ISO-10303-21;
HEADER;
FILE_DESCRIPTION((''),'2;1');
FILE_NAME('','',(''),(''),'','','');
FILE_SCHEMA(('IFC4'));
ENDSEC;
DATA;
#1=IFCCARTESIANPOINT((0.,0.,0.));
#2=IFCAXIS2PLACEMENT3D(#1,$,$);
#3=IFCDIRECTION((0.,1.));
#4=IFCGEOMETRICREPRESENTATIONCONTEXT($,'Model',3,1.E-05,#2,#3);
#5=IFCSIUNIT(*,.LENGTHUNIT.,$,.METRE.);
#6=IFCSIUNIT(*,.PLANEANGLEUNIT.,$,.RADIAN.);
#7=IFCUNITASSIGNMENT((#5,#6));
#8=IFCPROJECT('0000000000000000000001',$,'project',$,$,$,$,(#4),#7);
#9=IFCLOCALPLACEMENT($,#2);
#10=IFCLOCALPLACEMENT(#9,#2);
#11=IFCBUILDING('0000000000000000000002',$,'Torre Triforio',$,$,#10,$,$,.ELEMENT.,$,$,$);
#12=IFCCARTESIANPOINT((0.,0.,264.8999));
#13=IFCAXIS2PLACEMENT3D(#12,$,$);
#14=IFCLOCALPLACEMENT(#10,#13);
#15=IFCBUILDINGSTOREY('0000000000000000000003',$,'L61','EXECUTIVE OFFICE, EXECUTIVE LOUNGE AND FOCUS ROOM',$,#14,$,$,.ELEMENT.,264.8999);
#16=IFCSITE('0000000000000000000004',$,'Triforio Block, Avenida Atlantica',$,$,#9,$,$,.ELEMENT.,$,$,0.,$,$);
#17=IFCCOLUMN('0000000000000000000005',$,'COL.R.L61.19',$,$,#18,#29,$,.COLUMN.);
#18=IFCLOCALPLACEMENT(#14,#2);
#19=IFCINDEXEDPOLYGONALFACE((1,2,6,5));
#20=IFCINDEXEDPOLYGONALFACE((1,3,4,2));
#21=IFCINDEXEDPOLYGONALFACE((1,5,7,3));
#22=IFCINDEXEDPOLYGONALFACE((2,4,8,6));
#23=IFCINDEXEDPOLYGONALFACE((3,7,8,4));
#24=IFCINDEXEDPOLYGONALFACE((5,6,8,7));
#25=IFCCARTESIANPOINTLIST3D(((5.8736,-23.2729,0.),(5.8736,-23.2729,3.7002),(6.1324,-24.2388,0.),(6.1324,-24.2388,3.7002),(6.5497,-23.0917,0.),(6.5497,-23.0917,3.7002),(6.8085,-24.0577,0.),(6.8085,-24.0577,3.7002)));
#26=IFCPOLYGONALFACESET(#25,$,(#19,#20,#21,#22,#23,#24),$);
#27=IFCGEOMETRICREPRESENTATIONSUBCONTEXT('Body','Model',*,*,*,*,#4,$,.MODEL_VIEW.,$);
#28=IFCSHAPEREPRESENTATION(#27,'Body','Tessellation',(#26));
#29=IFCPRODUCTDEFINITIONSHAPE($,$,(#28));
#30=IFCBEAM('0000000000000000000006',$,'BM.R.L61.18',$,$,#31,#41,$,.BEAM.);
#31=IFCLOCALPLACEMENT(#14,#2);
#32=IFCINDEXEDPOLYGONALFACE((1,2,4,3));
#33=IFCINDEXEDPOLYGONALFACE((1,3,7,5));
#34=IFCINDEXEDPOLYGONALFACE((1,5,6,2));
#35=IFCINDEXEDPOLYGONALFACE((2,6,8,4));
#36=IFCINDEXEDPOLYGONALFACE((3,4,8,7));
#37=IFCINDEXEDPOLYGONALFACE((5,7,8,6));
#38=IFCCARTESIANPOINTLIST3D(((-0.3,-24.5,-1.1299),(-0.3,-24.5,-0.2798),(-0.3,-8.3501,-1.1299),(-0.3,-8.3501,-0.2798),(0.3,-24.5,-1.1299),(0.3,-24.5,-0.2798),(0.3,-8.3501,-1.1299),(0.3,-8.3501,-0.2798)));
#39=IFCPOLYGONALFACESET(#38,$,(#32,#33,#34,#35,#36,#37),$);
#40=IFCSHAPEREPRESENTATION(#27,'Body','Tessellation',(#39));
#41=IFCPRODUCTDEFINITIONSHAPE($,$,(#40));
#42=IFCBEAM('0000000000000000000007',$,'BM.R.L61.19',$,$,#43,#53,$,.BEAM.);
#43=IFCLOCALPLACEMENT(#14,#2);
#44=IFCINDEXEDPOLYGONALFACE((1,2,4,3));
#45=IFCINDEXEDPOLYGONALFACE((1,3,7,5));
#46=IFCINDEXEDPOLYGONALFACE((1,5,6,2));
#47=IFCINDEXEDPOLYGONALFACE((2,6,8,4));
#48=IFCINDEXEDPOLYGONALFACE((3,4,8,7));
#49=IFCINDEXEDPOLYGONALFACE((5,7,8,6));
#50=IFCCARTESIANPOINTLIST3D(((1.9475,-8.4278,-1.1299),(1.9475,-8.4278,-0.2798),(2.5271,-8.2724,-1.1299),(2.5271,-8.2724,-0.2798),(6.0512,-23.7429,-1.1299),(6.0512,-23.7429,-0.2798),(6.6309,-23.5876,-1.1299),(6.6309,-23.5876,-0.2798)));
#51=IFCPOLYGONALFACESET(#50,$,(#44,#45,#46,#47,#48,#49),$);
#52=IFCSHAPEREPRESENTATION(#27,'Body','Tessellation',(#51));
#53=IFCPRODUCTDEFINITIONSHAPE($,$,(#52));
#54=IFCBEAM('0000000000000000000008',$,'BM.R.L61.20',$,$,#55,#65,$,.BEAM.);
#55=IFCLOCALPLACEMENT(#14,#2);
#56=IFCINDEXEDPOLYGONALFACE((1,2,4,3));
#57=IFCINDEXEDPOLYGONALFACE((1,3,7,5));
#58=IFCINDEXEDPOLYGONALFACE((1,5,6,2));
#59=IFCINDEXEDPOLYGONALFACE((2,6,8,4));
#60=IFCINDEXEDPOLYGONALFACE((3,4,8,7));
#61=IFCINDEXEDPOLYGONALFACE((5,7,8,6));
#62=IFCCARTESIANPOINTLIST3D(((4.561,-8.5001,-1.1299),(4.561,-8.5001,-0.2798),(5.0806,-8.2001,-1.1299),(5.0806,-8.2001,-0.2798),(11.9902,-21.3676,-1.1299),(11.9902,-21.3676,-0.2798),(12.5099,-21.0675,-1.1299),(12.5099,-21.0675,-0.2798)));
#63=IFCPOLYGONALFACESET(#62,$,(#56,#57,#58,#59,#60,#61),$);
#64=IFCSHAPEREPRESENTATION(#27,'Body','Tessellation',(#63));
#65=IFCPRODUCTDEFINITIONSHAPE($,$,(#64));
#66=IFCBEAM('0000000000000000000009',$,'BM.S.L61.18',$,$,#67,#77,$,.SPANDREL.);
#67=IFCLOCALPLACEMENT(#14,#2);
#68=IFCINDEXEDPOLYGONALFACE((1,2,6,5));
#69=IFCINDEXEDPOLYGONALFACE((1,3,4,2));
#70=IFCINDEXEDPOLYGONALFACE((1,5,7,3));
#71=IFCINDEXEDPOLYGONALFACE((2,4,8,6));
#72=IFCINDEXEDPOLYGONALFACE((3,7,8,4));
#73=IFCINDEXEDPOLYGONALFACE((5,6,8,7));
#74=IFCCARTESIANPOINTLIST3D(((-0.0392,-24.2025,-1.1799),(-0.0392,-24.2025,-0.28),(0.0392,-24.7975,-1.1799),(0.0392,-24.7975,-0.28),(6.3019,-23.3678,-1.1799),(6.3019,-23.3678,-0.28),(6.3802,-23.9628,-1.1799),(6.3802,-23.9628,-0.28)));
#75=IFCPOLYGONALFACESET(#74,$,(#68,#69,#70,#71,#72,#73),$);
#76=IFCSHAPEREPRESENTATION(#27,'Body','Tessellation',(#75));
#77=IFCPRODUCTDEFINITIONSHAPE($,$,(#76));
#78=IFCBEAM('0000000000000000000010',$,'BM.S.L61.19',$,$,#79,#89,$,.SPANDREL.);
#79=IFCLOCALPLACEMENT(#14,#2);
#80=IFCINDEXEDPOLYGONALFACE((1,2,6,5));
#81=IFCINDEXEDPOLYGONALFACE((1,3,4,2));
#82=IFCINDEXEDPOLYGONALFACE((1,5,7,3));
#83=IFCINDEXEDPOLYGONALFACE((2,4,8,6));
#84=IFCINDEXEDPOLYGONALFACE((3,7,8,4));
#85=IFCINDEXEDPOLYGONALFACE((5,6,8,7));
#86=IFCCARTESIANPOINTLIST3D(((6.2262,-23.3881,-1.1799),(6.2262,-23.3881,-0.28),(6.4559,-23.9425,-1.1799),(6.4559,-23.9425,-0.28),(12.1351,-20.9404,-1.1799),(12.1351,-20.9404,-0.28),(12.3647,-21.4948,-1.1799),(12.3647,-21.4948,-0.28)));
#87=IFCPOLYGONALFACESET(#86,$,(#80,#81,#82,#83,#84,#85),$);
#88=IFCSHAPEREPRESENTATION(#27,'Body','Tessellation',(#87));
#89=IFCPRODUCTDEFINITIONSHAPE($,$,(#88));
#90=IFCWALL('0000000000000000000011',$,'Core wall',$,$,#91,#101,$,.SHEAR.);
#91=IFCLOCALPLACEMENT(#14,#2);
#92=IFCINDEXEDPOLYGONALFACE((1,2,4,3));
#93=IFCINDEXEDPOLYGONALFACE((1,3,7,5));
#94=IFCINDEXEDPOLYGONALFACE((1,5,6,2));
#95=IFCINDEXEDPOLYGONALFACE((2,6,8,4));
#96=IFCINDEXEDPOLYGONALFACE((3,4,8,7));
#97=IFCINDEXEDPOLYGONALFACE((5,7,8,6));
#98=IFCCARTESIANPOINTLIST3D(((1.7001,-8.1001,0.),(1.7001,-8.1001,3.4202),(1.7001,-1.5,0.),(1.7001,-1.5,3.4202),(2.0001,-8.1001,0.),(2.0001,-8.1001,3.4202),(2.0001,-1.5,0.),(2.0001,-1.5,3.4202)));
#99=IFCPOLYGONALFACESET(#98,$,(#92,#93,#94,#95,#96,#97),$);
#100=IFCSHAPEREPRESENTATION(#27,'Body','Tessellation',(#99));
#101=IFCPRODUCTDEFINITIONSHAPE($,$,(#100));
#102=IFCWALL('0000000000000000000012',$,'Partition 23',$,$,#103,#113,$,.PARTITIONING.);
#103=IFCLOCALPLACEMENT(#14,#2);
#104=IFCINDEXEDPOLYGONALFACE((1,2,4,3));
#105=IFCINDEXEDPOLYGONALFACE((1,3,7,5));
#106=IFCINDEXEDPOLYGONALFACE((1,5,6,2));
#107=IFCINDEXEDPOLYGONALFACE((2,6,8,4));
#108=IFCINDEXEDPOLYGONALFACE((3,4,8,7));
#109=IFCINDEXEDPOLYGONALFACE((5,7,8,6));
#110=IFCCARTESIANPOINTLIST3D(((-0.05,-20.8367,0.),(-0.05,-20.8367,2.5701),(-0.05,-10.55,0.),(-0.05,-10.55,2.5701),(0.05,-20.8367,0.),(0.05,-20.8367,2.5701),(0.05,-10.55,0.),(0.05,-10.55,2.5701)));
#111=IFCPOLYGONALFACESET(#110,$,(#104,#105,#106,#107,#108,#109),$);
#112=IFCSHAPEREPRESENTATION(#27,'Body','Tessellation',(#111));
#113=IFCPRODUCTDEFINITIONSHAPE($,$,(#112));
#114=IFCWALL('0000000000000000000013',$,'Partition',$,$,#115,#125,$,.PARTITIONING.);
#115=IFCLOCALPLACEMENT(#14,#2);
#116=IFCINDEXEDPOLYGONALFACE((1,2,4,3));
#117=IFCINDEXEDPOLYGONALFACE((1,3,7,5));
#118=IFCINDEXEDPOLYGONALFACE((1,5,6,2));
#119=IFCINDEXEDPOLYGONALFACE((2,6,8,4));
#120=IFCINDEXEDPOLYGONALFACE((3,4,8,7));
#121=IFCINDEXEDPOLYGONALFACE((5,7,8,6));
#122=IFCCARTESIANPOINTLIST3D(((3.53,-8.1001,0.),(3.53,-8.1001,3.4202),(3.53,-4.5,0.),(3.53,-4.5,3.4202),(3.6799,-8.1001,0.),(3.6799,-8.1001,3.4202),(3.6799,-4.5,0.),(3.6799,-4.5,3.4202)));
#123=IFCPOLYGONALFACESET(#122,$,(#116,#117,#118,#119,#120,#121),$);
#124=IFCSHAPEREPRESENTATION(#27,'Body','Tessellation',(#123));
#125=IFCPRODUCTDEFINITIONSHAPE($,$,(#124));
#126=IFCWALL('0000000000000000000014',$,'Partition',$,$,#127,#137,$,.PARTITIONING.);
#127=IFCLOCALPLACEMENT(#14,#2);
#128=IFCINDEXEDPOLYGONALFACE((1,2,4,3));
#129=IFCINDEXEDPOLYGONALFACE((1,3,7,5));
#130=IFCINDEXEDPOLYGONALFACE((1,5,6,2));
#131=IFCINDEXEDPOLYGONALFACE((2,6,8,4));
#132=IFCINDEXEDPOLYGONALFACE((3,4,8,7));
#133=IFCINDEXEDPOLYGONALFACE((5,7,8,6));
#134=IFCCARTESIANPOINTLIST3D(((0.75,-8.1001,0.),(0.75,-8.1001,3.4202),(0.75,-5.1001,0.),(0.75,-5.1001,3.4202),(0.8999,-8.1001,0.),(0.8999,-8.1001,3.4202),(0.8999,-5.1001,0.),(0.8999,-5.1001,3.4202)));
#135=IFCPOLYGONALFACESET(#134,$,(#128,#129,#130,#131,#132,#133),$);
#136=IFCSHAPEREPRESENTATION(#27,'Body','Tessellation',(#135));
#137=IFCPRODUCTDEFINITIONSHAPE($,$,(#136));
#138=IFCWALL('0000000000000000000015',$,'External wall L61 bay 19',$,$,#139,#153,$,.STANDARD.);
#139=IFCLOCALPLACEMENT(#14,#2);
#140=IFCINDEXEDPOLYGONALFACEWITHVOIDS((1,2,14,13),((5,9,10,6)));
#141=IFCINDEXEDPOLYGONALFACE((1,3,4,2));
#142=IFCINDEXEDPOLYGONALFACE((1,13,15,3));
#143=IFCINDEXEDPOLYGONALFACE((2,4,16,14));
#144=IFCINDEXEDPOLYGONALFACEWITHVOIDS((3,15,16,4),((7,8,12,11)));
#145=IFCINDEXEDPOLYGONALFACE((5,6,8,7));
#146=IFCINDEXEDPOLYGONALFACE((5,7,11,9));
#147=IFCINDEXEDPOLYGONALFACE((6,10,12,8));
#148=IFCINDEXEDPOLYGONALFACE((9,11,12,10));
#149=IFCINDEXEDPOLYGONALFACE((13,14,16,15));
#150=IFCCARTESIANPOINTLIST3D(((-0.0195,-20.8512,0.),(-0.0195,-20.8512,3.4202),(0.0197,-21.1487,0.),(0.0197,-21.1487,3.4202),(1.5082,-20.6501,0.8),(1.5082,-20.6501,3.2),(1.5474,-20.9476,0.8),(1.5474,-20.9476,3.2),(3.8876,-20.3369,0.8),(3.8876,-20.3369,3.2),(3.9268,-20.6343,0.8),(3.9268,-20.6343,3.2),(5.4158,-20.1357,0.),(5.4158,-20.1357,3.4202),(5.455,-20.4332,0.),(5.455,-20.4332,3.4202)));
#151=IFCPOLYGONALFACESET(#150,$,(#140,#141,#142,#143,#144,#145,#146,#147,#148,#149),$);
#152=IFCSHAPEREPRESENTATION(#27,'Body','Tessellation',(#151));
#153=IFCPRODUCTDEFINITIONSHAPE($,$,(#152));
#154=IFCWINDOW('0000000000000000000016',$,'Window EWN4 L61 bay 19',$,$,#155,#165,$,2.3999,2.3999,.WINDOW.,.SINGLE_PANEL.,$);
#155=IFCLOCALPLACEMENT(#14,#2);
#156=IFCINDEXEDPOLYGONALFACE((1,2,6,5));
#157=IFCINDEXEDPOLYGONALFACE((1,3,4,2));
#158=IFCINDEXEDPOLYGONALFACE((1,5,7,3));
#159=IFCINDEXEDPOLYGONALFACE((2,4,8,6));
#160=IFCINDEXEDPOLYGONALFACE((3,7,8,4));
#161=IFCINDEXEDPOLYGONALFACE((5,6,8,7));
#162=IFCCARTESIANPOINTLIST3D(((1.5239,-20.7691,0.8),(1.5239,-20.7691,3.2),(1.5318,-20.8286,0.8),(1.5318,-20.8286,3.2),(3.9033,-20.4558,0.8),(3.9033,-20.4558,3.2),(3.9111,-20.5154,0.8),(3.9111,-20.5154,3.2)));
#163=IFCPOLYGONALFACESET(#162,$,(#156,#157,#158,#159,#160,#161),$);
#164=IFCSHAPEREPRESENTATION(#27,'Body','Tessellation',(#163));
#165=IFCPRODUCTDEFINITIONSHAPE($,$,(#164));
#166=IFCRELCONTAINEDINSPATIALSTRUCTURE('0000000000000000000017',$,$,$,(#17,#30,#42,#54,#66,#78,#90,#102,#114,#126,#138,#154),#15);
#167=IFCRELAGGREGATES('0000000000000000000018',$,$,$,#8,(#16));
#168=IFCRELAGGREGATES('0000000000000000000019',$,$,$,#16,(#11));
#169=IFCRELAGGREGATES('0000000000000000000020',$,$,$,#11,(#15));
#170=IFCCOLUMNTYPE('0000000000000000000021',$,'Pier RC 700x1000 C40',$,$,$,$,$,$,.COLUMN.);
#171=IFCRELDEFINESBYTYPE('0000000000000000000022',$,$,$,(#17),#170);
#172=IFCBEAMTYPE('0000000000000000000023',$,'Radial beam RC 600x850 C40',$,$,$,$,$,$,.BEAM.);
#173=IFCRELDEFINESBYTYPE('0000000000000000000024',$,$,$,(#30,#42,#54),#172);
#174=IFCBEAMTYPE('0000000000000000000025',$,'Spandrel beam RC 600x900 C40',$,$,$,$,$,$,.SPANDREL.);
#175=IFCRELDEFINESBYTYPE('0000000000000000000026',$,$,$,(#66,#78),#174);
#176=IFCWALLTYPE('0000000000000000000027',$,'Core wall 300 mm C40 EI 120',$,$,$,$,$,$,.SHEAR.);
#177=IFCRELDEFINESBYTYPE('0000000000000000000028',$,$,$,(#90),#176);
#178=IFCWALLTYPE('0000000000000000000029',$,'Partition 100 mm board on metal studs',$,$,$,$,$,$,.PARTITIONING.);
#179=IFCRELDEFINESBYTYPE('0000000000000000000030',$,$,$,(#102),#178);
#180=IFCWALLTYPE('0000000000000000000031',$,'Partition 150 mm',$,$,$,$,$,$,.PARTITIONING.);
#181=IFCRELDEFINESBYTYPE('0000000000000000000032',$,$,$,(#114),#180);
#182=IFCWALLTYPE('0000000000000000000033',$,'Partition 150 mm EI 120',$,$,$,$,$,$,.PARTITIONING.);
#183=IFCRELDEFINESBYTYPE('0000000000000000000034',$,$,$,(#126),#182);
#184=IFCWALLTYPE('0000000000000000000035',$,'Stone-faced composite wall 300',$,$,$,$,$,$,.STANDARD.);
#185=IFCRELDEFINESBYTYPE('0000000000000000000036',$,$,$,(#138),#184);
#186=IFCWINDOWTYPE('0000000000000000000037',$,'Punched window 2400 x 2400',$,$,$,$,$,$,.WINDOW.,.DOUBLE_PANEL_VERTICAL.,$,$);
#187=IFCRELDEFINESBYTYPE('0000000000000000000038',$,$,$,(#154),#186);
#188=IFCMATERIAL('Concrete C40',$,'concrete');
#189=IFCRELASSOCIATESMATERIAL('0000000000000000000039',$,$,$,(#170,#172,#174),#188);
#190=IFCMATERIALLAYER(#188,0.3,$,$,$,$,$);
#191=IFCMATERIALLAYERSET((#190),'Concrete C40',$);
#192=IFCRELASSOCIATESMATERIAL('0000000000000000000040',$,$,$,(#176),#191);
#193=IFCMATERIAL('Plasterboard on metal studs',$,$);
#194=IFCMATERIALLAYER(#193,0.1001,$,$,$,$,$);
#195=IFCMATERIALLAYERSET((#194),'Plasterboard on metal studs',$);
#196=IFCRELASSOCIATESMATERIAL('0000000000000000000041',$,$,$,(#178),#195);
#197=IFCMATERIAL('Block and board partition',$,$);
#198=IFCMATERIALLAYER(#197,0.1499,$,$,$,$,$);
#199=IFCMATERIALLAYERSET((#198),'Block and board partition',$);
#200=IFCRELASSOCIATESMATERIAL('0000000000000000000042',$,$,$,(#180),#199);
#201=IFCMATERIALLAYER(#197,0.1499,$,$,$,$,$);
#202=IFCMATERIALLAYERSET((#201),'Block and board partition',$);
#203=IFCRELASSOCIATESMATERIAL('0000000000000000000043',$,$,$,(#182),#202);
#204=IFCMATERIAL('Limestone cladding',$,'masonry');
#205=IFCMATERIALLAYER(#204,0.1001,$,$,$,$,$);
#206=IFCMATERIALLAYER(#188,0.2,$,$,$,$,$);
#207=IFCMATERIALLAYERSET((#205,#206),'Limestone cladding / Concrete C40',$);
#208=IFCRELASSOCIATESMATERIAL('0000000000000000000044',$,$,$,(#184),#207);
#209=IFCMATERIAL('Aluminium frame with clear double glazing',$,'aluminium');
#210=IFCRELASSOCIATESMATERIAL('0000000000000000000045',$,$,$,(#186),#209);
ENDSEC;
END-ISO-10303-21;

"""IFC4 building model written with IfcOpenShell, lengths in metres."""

from ifc_helpers import new_model, si_unit, direction, frame, frame_2d, origin, origin_2d, place, context, subcontext, project, spatial, rectangle, extrude, material, layer, layer_set, material_profile, profile_set, type_object, element, fill, save


model = new_model("IFC4")

# Units and contexts
model_context = context("Model", 3, precision=1e-05, world=origin(), true_north=direction((0.0, 1.0)))
body_context = subcontext(model_context, "Body", "Model", "MODEL_VIEW")
ifc_project = project(units=[si_unit("LENGTHUNIT", "METRE"), si_unit("PLANEANGLEUNIT", "RADIAN")], contexts=[model_context])

# Site, building, storey
site_placement = place(None, origin())
site = spatial("IfcSite", under=ifc_project, at=site_placement, Name="Triforio Block, Avenida Atlantica", CompositionType="ELEMENT", RefElevation=0.0)
building_placement = place(site_placement, origin())
building = spatial("IfcBuilding", under=site, at=building_placement, Name="Torre Triforio", CompositionType="ELEMENT")
storey_placement = place(building_placement, frame((0.0, 0.0, 264.8999)))
storey = spatial("IfcBuildingStorey", under=building, at=storey_placement, Name="L61", Description="EXECUTIVE OFFICE, EXECUTIVE LOUNGE AND FOCUS ROOM", CompositionType="ELEMENT", Elevation=264.8999)

# Column
ifc_material_1 = material(Name="Concrete C40", Category="concrete")
ifc_material_profile_1 = material_profile(ifc_material_1, rectangle(XDim=0.7, YDim=1.0, at=origin_2d()), Name="RC 700x1000")
ifc_profile_set_1 = profile_set([ifc_material_profile_1], Name="Concrete C40")
column_type = type_object("IfcColumnType", Name="Pier RC 700x1000 C40", PredefinedType="COLUMN", material=ifc_profile_set_1)
column_placement = place(storey_placement, frame((6.3411, -23.6653, 0.0), z_axis=(0.0, 0.0, 1.0), x_axis=(0.965926, 0.258819, 0.0)))
element("IfcColumn", 1, at=column_placement, inside=storey, type_object=column_type, Name="COL.R.L61.19", PredefinedType="COLUMN", context=body_context, shape_type="SweptSolid", body=[
    extrude(rectangle(XDim=0.7, YDim=1.0, at=origin_2d()), origin(), (0.0, 0.0, 1.0), 3.7002),
])

# Beams
ifc_material_profile_2 = material_profile(ifc_material_1, rectangle(XDim=0.6001, YDim=0.8501, at=origin_2d()), Name="RC 600x850")
ifc_profile_set_2 = profile_set([ifc_material_profile_2], Name="Concrete C40")
beam_type_1 = type_object("IfcBeamType", Name="Radial beam RC 600x850 C40", PredefinedType="BEAM", material=ifc_profile_set_2)
beam_1_placement = place(storey_placement, frame((0.0, -8.3501, -0.7048), z_axis=(0.0, -1.0, 0.0), x_axis=(1.0, 0.0, 0.0)))
element("IfcBeam", 2, at=beam_1_placement, inside=storey, type_object=beam_type_1, Name="BM.R.L61.18", PredefinedType="BEAM", context=body_context, shape_type="SweptSolid", body=[
    extrude(rectangle(XDim=0.6001, YDim=0.8501, at=origin_2d()), origin(), (0.0, 0.0, 1.0), 16.1499),
])
beam_2_placement = place(storey_placement, frame((2.2373, -8.3501, -0.7048), z_axis=(0.258823, -0.965925, 0.0), x_axis=(0.965925, 0.258823, 0.0)))
element("IfcBeam", 3, at=beam_2_placement, inside=storey, type_object=beam_type_1, Name="BM.R.L61.19", PredefinedType="BEAM", context=body_context, shape_type="SweptSolid", body=[
    extrude(rectangle(XDim=0.6001, YDim=0.8501, at=origin_2d()), origin(), (0.0, 0.0, 1.0), 15.8555),
])
beam_3_placement = place(storey_placement, frame((4.8208, -8.3501, -0.7048), z_axis=(0.500009, -0.86602, 0.0), x_axis=(0.86602, 0.500009, 0.0)))
element("IfcBeam", 4, at=beam_3_placement, inside=storey, type_object=beam_type_1, Name="BM.R.L61.20", PredefinedType="BEAM", context=body_context, shape_type="SweptSolid", body=[
    extrude(rectangle(XDim=0.6001, YDim=0.8501, at=origin_2d()), origin(), (0.0, 0.0, 1.0), 14.8582),
])
ifc_material_profile_3 = material_profile(ifc_material_1, rectangle(XDim=0.6001, YDim=0.8999, at=origin_2d()), Name="RC 600x900")
ifc_profile_set_3 = profile_set([ifc_material_profile_3], Name="Concrete C40")
beam_type_2 = type_object("IfcBeamType", Name="Spandrel beam RC 600x900 C40", PredefinedType="SPANDREL", material=ifc_profile_set_3)
for number, where, z_axis, x_axis, name in (
    (5, (0.0, -24.5, -0.73), (0.991447, 0.130511, 0.0), (-0.130511, 0.991447, 0.0), "BM.S.L61.18"),
    (6, (6.3411, -23.6653, -0.73), (0.923869, 0.382709, 0.0), (-0.382709, 0.923869, 0.0), "BM.S.L61.19"),
):
    element("IfcBeam", number, at=place(storey_placement, frame(where, z_axis=z_axis, x_axis=x_axis)), inside=storey, type_object=beam_type_2, Name=name, PredefinedType="SPANDREL", context=body_context, shape_type="SweptSolid", body=[
        extrude(rectangle(XDim=0.6001, YDim=0.8999, at=origin_2d()), origin(), (0.0, 0.0, 1.0), 6.3958),
    ])

# Walls
ifc_layer_1 = layer(ifc_material_1, 0.3)
ifc_layer_set_1 = layer_set([ifc_layer_1], Name="Concrete C40")
wall_type_1 = type_object("IfcWallType", Name="Core wall 300 mm C40 EI 120", PredefinedType="SHEAR", material=ifc_layer_set_1)
wall_1_placement = place(storey_placement, frame((1.8501, -8.1001, 0.0), z_axis=(0.0, 0.0, 1.0), x_axis=(0.0, 1.0, 0.0)))
element("IfcWall", 7, at=wall_1_placement, inside=storey, type_object=wall_type_1, Name="Core wall", PredefinedType="SHEAR", context=body_context, shape_type="SweptSolid", body=[
    extrude(rectangle(XDim=6.6001, YDim=0.3, at=frame_2d((3.3, 0.0))), origin(), (0.0, 0.0, 1.0), 3.4202),
])
ifc_material_2 = material(Name="Plasterboard on metal studs")
ifc_layer_2 = layer(ifc_material_2, 0.1001)
ifc_layer_set_2 = layer_set([ifc_layer_2], Name="Plasterboard on metal studs")
wall_type_2 = type_object("IfcWallType", Name="Partition 100 mm board on metal studs", PredefinedType="PARTITIONING", material=ifc_layer_set_2)
wall_2_placement = place(storey_placement, frame((0.0, -10.55, 0.0), z_axis=(0.0, 0.0, 1.0), x_axis=(0.0, -1.0, 0.0)))
element("IfcWall", 8, at=wall_2_placement, inside=storey, type_object=wall_type_2, Name="Partition 23", PredefinedType="PARTITIONING", context=body_context, shape_type="SweptSolid", body=[
    extrude(rectangle(XDim=10.2866, YDim=0.1001, at=frame_2d((5.1433, 0.0))), origin(), (0.0, 0.0, 1.0), 2.5701),
])
ifc_material_3 = material(Name="Block and board partition")
ifc_layer_3 = layer(ifc_material_3, 0.1499)
ifc_layer_set_3 = layer_set([ifc_layer_3], Name="Block and board partition")
wall_type_3 = type_object("IfcWallType", Name="Partition 150 mm", PredefinedType="PARTITIONING", material=ifc_layer_set_3)
wall_3_placement = place(storey_placement, frame((3.605, -8.1001, 0.0), z_axis=(0.0, 0.0, 1.0), x_axis=(0.0, 1.0, 0.0)))
element("IfcWall", 9, at=wall_3_placement, inside=storey, type_object=wall_type_3, Name="Partition", PredefinedType="PARTITIONING", context=body_context, shape_type="SweptSolid", body=[
    extrude(rectangle(XDim=3.6001, YDim=0.1499, at=frame_2d((1.8, 0.0))), origin(), (0.0, 0.0, 1.0), 3.4202),
])
ifc_layer_4 = layer(ifc_material_3, 0.1499)
ifc_layer_set_4 = layer_set([ifc_layer_4], Name="Block and board partition")
wall_type_4 = type_object("IfcWallType", Name="Partition 150 mm EI 120", PredefinedType="PARTITIONING", material=ifc_layer_set_4)
wall_4_placement = place(storey_placement, frame((0.825, -8.1001, 0.0), z_axis=(0.0, 0.0, 1.0), x_axis=(0.0, 1.0, 0.0)))
element("IfcWall", 10, at=wall_4_placement, inside=storey, type_object=wall_type_4, Name="Partition", PredefinedType="PARTITIONING", context=body_context, shape_type="SweptSolid", body=[
    extrude(rectangle(XDim=3.0, YDim=0.1499, at=frame_2d((1.5, 0.0))), origin(), (0.0, 0.0, 1.0), 3.4202),
])

# Wall, opening, window
ifc_material_4 = material(Name="Limestone cladding", Category="masonry")
ifc_layer_5 = layer(ifc_material_4, 0.1001)
ifc_layer_6 = layer(ifc_material_1, 0.2)
ifc_layer_set_5 = layer_set([ifc_layer_5, ifc_layer_6], Name="Limestone cladding / Concrete C40")
wall_type_5 = type_object("IfcWallType", Name="Stone-faced composite wall 300", PredefinedType="STANDARD", material=ifc_layer_set_5)
wall_5_placement = place(storey_placement, frame((0.0, -21.0, 0.0), z_axis=(0.0, 0.0, 1.0), x_axis=(0.991445, 0.130527, 0.0)))
wall_5 = element("IfcWall", 11, at=wall_5_placement, inside=storey, type_object=wall_type_5, Name="External wall L61 bay 19", PredefinedType="STANDARD", context=body_context, shape_type="SweptSolid", body=[
    extrude(rectangle(XDim=5.4822, YDim=0.3, at=frame_2d((2.7412, 0.0))), origin(), (0.0, 0.0, 1.0), 3.4202),
])
opening_1_placement = place(wall_5_placement, frame((1.541, 0.0, 0.8)))
opening_1 = element("IfcOpeningElement", 12, at=opening_1_placement, cuts=wall_5, PredefinedType="OPENING", context=body_context, shape_type="SweptSolid", body=[
    extrude(rectangle(XDim=2.3999, YDim=2.3999, at=frame_2d((1.2, 1.2))), frame((0.0, 0.1599, 0.0), z_axis=(0.0, -1.0, 0.0), x_axis=(1.0, 0.0, 0.0)), (0.0, 0.0, 1.0), 0.3201),
])
ifc_material_5 = material(Name="Aluminium frame with clear double glazing", Category="aluminium")
window_type_1 = type_object("IfcWindowType", Name="Punched window 2400 x 2400", PartitioningType="DOUBLE_PANEL_VERTICAL", PredefinedType="WINDOW", material=ifc_material_5)
window_1_placement = place(opening_1_placement, origin())
window_1 = element("IfcWindow", 13, at=window_1_placement, inside=storey, type_object=window_type_1, Name="Window EWN4 L61 bay 19", OverallHeight=2.3999, OverallWidth=2.3999, PartitioningType="SINGLE_PANEL", PredefinedType="WINDOW", context=body_context, shape_type="SweptSolid", body=[
    extrude(rectangle(XDim=2.3999, YDim=2.3999, at=frame_2d((1.2, 1.2))), frame((0.0, 0.03, 0.0), z_axis=(0.0, -1.0, 0.0), x_axis=(1.0, 0.0, 0.0)), (0.0, 0.0, 1.0), 0.0601),
])
fill(opening_1, window_1)

save(model, "model.ifc")
